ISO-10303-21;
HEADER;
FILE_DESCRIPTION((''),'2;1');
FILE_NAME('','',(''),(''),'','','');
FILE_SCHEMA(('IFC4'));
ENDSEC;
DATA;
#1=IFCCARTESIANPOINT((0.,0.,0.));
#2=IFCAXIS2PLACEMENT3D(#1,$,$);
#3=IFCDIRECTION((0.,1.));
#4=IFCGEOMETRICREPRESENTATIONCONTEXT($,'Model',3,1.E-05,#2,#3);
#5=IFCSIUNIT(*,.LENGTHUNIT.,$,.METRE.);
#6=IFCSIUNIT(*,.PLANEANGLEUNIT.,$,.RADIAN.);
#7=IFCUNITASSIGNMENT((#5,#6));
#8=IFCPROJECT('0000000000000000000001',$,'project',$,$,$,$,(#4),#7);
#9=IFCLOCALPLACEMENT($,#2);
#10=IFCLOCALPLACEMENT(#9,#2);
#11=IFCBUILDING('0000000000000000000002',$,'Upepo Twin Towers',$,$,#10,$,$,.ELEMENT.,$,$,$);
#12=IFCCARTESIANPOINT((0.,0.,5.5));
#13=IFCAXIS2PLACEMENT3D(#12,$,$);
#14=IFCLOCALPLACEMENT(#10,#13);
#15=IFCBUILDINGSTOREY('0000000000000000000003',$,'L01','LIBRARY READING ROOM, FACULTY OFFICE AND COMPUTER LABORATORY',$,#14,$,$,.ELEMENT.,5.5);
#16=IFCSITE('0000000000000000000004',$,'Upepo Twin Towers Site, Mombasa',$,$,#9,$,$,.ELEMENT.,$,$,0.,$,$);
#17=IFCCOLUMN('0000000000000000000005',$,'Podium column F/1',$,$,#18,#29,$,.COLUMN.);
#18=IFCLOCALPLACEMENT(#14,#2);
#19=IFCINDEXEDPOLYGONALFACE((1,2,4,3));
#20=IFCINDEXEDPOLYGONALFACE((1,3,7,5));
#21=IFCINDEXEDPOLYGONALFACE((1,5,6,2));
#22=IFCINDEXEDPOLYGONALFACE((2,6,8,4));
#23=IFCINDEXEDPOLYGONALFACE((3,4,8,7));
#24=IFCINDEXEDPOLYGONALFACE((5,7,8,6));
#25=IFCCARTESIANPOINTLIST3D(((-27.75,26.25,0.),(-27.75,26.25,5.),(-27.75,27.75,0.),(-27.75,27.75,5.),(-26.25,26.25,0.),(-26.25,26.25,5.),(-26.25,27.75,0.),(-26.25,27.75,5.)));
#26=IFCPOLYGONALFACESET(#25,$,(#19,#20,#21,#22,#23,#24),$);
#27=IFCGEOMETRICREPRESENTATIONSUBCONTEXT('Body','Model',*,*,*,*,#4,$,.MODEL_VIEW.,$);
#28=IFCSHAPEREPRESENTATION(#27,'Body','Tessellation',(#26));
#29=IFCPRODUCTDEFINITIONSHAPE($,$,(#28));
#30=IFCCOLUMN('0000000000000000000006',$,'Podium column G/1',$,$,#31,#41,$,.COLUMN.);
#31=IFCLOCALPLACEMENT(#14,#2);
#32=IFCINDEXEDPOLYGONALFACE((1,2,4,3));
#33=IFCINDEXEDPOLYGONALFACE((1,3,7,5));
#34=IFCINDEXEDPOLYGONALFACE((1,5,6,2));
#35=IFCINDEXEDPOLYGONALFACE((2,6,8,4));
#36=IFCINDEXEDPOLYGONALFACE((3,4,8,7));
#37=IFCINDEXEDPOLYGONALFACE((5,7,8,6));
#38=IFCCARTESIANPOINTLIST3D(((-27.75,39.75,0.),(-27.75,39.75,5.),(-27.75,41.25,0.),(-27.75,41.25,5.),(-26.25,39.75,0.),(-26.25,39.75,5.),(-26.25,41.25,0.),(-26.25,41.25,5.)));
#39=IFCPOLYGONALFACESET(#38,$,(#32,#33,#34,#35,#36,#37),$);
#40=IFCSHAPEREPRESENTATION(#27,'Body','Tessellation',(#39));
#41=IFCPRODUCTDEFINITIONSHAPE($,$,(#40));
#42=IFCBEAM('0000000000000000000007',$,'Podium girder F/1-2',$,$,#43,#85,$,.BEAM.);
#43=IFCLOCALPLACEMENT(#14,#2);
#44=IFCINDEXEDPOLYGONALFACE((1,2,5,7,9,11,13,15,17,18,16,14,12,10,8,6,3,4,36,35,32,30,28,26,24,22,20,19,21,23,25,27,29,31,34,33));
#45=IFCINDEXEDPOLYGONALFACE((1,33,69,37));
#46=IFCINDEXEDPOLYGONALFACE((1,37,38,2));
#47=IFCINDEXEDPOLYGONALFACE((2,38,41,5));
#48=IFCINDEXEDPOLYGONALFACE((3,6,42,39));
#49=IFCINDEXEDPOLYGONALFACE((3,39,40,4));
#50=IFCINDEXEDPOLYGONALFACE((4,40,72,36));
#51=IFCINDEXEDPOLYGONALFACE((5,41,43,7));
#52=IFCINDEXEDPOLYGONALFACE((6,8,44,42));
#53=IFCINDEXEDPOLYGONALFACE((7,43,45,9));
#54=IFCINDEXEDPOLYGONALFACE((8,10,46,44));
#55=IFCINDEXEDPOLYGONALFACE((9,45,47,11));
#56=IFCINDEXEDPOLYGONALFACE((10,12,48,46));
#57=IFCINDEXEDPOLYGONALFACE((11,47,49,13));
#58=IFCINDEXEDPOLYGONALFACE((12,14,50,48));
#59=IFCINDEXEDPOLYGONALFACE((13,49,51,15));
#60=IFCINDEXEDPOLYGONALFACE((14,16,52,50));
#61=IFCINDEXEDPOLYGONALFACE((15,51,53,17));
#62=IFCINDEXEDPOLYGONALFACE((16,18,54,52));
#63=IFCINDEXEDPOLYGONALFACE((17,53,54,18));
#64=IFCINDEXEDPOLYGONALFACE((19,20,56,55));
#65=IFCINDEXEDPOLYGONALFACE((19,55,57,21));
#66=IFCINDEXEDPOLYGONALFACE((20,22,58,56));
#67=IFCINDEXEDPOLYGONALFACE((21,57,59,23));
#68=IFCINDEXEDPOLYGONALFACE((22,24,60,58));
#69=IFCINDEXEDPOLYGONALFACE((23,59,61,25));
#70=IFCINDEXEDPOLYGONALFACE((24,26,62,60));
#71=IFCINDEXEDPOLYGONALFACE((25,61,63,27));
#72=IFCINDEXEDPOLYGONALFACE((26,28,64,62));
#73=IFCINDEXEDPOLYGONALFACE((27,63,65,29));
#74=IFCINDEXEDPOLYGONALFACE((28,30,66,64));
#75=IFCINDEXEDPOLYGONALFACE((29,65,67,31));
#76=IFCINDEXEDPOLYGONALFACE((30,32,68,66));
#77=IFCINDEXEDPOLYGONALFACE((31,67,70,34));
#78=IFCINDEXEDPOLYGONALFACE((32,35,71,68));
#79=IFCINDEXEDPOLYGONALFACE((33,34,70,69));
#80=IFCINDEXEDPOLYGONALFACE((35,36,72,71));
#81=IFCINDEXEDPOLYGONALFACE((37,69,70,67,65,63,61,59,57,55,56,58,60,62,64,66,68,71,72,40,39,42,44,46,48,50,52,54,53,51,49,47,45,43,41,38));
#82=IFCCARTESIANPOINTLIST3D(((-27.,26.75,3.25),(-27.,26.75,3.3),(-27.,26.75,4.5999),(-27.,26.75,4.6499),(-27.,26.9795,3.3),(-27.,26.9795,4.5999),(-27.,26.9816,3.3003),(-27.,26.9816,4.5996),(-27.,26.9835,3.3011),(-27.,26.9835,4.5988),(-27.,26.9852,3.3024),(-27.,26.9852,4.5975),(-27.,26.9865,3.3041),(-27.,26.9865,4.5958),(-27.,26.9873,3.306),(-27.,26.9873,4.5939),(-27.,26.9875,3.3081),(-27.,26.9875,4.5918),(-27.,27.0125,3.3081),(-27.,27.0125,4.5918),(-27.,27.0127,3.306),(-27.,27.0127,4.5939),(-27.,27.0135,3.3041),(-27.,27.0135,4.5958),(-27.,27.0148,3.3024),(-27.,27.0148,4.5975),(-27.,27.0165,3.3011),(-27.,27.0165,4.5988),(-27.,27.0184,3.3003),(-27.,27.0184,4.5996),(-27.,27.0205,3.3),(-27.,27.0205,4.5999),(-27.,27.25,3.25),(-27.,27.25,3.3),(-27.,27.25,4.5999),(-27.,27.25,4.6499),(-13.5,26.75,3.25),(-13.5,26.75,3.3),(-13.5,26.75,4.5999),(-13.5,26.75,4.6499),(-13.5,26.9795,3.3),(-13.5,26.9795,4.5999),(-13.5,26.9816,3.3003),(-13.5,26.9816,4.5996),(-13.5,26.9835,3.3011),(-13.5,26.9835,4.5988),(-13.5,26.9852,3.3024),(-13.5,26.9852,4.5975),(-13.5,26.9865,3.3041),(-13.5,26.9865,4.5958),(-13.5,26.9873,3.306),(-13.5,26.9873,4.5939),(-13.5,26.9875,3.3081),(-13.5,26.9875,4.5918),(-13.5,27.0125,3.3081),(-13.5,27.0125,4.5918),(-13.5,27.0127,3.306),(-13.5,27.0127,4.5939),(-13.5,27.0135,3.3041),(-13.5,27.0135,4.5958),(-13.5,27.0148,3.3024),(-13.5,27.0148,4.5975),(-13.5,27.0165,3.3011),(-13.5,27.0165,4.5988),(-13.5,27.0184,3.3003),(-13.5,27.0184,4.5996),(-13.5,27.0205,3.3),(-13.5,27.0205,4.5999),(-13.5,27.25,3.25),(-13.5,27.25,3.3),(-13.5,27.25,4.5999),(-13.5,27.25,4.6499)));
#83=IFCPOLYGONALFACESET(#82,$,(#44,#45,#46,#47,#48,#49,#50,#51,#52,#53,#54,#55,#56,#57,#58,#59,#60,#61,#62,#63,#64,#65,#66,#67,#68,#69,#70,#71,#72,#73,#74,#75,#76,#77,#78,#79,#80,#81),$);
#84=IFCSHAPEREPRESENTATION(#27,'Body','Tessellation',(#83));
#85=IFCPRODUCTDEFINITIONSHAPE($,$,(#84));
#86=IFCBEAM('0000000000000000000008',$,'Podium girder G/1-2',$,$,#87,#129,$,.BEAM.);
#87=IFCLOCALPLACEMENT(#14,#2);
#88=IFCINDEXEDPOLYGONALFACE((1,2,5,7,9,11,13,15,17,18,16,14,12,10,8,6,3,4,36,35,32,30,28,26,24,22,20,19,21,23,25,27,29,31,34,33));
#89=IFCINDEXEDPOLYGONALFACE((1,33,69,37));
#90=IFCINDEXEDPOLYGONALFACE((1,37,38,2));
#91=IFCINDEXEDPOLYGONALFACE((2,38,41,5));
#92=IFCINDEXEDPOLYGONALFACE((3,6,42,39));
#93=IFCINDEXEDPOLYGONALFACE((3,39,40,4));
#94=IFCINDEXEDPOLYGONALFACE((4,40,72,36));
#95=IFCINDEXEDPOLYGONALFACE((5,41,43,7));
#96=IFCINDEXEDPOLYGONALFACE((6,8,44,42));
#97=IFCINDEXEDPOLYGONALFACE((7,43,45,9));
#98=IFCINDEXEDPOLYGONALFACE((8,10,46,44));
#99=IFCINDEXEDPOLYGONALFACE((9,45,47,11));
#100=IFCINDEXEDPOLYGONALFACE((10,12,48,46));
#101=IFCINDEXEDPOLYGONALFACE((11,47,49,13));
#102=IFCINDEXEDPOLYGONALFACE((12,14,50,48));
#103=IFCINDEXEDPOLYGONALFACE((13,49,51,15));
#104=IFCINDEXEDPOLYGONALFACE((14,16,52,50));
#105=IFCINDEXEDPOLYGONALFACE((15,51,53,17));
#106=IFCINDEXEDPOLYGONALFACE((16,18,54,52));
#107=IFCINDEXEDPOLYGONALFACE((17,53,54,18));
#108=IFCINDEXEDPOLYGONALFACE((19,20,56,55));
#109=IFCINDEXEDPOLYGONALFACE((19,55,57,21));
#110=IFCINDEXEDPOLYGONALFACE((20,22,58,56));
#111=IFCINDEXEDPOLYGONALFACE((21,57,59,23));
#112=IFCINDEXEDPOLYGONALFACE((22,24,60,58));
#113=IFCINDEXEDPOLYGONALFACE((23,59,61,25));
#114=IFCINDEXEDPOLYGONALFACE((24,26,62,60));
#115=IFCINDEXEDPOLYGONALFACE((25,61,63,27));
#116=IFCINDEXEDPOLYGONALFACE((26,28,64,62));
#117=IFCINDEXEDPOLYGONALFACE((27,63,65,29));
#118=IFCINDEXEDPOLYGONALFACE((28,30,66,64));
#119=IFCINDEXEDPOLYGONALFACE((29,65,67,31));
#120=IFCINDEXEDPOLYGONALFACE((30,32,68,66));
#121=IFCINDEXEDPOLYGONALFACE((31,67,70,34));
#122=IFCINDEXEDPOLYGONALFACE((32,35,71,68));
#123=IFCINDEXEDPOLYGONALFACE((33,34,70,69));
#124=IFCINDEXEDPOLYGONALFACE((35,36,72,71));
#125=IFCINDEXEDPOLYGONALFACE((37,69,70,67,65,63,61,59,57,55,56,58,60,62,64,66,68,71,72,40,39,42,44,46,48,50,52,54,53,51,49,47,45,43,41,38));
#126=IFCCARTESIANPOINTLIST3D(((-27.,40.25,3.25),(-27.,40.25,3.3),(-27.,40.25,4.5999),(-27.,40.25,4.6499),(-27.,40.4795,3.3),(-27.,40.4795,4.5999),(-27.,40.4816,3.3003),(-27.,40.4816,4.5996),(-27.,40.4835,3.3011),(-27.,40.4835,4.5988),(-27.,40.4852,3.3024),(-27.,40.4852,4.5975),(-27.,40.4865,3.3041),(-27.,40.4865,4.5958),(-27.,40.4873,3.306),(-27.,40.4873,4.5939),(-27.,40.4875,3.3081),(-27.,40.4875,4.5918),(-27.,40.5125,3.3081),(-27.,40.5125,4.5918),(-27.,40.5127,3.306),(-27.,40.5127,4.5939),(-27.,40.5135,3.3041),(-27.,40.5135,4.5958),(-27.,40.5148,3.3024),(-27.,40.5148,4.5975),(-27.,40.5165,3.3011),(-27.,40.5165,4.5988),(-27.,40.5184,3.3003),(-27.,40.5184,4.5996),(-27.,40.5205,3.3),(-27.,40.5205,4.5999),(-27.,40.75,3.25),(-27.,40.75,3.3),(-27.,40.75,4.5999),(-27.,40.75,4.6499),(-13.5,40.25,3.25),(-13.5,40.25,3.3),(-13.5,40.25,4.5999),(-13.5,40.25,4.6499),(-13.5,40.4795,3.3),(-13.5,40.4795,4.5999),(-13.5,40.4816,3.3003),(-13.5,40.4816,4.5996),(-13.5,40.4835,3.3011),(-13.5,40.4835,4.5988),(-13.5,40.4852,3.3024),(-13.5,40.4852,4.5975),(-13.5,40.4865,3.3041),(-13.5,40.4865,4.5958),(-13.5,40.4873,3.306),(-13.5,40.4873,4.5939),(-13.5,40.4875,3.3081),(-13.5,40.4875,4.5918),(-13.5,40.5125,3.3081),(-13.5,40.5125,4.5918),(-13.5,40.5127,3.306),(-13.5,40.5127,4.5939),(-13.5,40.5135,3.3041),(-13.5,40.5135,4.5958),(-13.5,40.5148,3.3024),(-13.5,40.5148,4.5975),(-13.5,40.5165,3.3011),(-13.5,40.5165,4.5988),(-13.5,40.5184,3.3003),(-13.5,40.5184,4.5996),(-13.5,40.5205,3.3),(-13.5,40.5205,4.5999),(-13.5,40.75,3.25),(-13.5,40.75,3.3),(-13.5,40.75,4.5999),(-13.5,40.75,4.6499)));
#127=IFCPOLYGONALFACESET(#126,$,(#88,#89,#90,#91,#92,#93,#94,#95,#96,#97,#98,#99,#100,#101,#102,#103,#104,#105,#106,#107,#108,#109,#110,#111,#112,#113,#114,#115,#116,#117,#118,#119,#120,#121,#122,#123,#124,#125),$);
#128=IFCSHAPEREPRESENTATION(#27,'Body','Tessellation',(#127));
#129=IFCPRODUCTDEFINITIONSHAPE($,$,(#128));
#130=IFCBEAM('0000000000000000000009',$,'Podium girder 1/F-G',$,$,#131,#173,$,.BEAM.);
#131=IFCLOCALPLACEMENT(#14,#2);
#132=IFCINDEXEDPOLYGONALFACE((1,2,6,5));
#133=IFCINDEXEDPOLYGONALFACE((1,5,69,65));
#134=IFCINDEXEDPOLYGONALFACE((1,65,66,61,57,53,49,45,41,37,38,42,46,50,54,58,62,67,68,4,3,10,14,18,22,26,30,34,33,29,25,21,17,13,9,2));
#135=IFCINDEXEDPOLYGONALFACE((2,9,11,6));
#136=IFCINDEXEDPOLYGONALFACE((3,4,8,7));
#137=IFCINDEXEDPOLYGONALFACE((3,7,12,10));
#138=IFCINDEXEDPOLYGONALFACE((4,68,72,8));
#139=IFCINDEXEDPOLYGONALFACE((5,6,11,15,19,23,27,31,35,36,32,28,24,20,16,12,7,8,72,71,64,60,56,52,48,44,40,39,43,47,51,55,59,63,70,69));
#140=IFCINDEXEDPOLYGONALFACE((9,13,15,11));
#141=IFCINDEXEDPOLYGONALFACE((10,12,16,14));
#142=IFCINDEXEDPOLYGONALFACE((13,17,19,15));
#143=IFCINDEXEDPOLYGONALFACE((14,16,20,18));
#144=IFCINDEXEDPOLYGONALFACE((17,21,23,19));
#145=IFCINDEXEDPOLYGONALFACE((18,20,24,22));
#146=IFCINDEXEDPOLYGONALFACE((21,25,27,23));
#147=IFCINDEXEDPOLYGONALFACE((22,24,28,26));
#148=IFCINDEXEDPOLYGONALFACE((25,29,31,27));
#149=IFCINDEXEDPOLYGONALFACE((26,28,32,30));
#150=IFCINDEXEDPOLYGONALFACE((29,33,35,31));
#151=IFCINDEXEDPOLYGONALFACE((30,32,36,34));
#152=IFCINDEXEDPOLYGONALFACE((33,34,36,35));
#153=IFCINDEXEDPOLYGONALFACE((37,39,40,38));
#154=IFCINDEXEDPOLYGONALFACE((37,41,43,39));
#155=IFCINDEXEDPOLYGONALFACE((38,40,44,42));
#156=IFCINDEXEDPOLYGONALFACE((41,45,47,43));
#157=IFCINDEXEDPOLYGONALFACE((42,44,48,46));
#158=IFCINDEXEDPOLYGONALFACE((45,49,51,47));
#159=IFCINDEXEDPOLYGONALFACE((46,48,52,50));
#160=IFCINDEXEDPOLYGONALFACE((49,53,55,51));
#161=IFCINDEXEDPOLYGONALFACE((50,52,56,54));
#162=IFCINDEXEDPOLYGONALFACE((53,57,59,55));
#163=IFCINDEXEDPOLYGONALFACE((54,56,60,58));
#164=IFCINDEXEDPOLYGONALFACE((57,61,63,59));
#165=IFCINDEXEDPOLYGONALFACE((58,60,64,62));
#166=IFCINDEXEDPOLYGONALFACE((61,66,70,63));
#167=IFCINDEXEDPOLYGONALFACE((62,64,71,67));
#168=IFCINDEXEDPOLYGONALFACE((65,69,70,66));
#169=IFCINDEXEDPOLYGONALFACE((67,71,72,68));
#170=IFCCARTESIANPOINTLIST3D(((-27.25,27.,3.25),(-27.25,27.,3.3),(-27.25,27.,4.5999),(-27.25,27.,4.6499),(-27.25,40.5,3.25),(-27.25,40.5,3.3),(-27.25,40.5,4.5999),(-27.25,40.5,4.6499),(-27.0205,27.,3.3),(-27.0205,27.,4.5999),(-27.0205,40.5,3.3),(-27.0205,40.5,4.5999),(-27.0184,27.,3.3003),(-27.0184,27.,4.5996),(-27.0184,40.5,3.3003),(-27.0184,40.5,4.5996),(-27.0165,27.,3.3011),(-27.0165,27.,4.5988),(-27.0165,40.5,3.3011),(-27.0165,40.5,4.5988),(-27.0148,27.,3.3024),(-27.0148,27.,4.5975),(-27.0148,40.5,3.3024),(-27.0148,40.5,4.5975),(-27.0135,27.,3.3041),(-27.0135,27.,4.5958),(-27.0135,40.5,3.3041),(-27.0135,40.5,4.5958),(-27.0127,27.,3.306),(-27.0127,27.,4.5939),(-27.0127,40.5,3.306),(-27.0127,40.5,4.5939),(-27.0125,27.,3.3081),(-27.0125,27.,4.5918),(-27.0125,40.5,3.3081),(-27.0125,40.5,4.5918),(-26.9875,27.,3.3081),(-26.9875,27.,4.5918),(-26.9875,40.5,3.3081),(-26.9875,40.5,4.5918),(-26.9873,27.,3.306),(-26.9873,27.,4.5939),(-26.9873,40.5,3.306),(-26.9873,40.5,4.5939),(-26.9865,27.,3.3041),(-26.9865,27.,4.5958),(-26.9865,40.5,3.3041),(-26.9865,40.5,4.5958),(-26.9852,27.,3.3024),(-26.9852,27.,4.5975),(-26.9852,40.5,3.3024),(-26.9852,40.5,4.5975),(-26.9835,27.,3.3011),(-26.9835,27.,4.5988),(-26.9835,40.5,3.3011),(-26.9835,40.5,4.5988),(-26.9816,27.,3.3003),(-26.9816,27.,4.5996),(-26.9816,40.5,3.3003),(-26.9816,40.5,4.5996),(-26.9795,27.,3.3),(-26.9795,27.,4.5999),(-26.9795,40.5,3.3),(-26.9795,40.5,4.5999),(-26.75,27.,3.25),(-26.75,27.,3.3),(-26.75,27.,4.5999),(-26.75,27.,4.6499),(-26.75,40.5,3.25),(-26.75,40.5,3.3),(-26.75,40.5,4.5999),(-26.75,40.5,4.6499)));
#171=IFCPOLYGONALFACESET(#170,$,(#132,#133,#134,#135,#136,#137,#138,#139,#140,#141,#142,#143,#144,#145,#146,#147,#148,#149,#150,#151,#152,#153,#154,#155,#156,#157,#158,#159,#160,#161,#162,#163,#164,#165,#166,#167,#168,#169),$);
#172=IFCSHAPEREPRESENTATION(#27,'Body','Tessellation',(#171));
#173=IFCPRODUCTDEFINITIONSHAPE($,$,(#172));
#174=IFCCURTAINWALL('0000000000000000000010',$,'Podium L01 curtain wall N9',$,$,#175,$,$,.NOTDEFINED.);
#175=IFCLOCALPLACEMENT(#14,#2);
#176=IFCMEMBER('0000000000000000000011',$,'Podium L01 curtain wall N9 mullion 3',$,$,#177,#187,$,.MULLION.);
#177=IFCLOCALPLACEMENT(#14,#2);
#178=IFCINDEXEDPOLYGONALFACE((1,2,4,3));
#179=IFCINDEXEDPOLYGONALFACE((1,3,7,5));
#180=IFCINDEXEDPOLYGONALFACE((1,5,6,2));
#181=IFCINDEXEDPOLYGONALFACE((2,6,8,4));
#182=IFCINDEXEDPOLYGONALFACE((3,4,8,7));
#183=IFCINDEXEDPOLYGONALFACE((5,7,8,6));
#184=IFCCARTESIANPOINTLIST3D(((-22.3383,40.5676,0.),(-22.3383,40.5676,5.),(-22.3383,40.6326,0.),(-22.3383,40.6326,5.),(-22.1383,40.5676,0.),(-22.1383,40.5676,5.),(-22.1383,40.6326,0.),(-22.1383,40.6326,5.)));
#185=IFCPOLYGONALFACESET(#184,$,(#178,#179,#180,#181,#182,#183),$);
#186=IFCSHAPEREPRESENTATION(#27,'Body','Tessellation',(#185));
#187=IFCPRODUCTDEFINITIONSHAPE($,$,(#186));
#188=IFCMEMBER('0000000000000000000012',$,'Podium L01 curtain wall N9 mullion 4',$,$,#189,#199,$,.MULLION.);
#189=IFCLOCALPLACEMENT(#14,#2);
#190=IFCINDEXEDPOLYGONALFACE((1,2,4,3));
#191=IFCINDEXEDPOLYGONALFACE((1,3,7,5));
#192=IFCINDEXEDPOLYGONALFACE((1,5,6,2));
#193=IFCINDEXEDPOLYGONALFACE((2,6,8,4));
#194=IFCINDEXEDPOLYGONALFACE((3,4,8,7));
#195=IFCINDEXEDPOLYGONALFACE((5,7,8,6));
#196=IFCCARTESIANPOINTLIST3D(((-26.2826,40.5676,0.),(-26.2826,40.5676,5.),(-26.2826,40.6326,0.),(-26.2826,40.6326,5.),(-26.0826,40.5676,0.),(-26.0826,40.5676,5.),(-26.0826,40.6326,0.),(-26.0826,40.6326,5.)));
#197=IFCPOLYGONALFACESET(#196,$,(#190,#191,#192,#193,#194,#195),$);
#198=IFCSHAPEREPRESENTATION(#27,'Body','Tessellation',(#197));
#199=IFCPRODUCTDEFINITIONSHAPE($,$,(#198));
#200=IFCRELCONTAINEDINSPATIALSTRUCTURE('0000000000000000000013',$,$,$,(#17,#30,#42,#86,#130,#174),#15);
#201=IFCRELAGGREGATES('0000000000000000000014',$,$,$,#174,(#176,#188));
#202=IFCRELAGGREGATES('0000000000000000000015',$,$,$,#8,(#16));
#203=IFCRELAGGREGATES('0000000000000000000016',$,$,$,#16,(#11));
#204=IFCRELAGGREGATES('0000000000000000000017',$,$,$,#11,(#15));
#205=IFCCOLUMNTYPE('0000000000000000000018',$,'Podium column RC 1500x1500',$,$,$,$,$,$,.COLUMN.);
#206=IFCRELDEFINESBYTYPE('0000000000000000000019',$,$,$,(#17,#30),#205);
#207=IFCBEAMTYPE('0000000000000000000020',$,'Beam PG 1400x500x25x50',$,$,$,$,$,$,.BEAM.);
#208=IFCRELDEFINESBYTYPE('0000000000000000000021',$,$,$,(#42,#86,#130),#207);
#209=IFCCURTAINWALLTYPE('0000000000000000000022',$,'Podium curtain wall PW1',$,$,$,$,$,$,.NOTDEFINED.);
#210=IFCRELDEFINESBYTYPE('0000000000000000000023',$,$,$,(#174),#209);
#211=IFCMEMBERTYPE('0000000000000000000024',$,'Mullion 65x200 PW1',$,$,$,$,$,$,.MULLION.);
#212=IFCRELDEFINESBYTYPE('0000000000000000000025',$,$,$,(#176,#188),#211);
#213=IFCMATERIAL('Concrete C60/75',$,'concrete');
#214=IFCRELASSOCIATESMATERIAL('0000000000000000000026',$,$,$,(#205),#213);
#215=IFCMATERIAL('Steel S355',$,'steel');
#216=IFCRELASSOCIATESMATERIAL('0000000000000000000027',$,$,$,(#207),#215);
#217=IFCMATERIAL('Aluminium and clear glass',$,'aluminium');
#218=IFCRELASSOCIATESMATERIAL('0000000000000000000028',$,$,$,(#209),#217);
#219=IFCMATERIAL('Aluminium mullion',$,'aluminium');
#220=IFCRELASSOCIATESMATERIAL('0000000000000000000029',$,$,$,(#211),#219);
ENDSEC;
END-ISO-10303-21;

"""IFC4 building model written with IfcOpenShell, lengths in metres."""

from ifc_helpers import new_model, si_unit, direction, frame, origin, origin_2d, place, context, subcontext, project, spatial, rectangle, i_section, extrude, material, material_profile, profile_set, type_object, element, aggregate, save


model = new_model("IFC4")

# Units and contexts
model_context = context("Model", 3, precision=1e-05, world=origin(), true_north=direction((0.0, 1.0)))
body_context = subcontext(model_context, "Body", "Model", "MODEL_VIEW")
ifc_project = project(units=[si_unit("LENGTHUNIT", "METRE"), si_unit("PLANEANGLEUNIT", "RADIAN")], contexts=[model_context])

# Site, building, storey
site_placement = place(None, origin())
site = spatial("IfcSite", under=ifc_project, at=site_placement, Name="Upepo Twin Towers Site, Mombasa", CompositionType="ELEMENT", RefElevation=0.0)
building_placement = place(site_placement, origin())
building = spatial("IfcBuilding", under=site, at=building_placement, Name="Upepo Twin Towers", CompositionType="ELEMENT")
storey_placement = place(building_placement, frame((0.0, 0.0, 5.5)))
storey = spatial("IfcBuildingStorey", under=building, at=storey_placement, Name="L01", Description="LIBRARY READING ROOM, FACULTY OFFICE AND COMPUTER LABORATORY", CompositionType="ELEMENT", Elevation=5.5)

# Columns
ifc_material_1 = material(Name="Concrete C60/75", Category="concrete")
ifc_material_profile_1 = material_profile(ifc_material_1, rectangle(XDim=1.5, YDim=1.5, at=origin_2d()), Name="RC 1500x1500")
ifc_profile_set_1 = profile_set([ifc_material_profile_1], Name="Concrete C60/75")
column_type = type_object("IfcColumnType", Name="Podium column RC 1500x1500", PredefinedType="COLUMN", material=ifc_profile_set_1)
for number, where, z_axis, x_axis, name in (
    (1, (-27.0, 27.0, 0.0), (0.0, 0.0, 1.0), (1.0, 0.0, 0.0), "Podium column F/1"),
    (2, (-27.0, 40.5, 0.0), (0.0, 0.0, 1.0), (1.0, 0.0, 0.0), "Podium column G/1"),
):
    element("IfcColumn", number, at=place(storey_placement, frame(where, z_axis=z_axis, x_axis=x_axis)), inside=storey, type_object=column_type, Name=name, PredefinedType="COLUMN", context=body_context, shape_type="SweptSolid", body=[
        extrude(rectangle(XDim=1.5, YDim=1.5, at=origin_2d()), origin(), (0.0, 0.0, 1.0), 5.0),
    ])

# Beams
ifc_material_2 = material(Name="Steel S355", Category="steel")
ifc_material_profile_2 = material_profile(ifc_material_2, i_section(OverallWidth=0.5, OverallDepth=1.3999, WebThickness=0.0249, FlangeThickness=0.05, FilletRadius=0.0081, at=origin_2d()), Name="PG 1400x500x25x50")
ifc_profile_set_2 = profile_set([ifc_material_profile_2], Name="Steel S355")
beam_type_1 = type_object("IfcBeamType", Name="Beam PG 1400x500x25x50", PredefinedType="BEAM", material=ifc_profile_set_2)
for number, where, z_axis, x_axis, name in (
    (3, (-27.0, 27.0, 3.95), (1.0, 0.0, 0.0), (0.0, 1.0, 0.0), "Podium girder F/1-2"),
    (4, (-27.0, 40.5, 3.95), (1.0, 0.0, 0.0), (0.0, 1.0, 0.0), "Podium girder G/1-2"),
    (5, (-27.0, 27.0, 3.95), (0.0, 1.0, 0.0), (-1.0, 0.0, 0.0), "Podium girder 1/F-G"),
):
    element("IfcBeam", number, at=place(storey_placement, frame(where, z_axis=z_axis, x_axis=x_axis)), inside=storey, type_object=beam_type_1, Name=name, PredefinedType="BEAM", context=body_context, shape_type="SweptSolid", body=[
        extrude(i_section(OverallWidth=0.5, OverallDepth=1.3999, WebThickness=0.0249, FlangeThickness=0.05, FilletRadius=0.0081, at=origin_2d()), origin(), (0.0, 0.0, 1.0), 13.5),
    ])

# Curtain wall, members
ifc_material_3 = material(Name="Aluminium and clear glass", Category="aluminium")
curtain_wall_type = type_object("IfcCurtainWallType", Name="Podium curtain wall PW1", PredefinedType="NOTDEFINED", material=ifc_material_3)
curtain_wall_1_placement = place(storey_placement, origin())
curtain_wall_1 = element("IfcCurtainWall", 6, at=curtain_wall_1_placement, inside=storey, type_object=curtain_wall_type, Name="Podium L01 curtain wall N9", PredefinedType="NOTDEFINED")
ifc_material_4 = material(Name="Aluminium mullion", Category="aluminium")
ifc_material_profile_3 = material_profile(ifc_material_4, rectangle(XDim=0.0649, YDim=0.2, at=origin_2d()), Name="MULLION 65x200 PODIUM")
ifc_profile_set_3 = profile_set([ifc_material_profile_3], Name="Aluminium mullion")
member_type_1 = type_object("IfcMemberType", Name="Mullion 65x200 PW1", PredefinedType="MULLION", material=ifc_profile_set_3)
member_1_placement = place(storey_placement, frame((-22.2383, 40.6001, 0.0), z_axis=(0.0, 0.0, 1.0), x_axis=(0.0, -1.0, 0.0)))
member_1 = element("IfcMember", 7, at=member_1_placement, type_object=member_type_1, Name="Podium L01 curtain wall N9 mullion 3", PredefinedType="MULLION", context=body_context, shape_type="SweptSolid", body=[
    extrude(rectangle(XDim=0.0649, YDim=0.2, at=origin_2d()), origin(), (0.0, 0.0, 1.0), 5.0),
])
member_2_placement = place(storey_placement, frame((-26.1826, 40.6001, 0.0), z_axis=(0.0, 0.0, 1.0), x_axis=(0.0, -1.0, 0.0)))
member_2 = element("IfcMember", 8, at=member_2_placement, type_object=member_type_1, Name="Podium L01 curtain wall N9 mullion 4", PredefinedType="MULLION", context=body_context, shape_type="SweptSolid", body=[
    extrude(rectangle(XDim=0.0649, YDim=0.2, at=origin_2d()), origin(), (0.0, 0.0, 1.0), 5.0),
])

aggregate(curtain_wall_1, [member_1, member_2])

save(model, "model.ifc")
